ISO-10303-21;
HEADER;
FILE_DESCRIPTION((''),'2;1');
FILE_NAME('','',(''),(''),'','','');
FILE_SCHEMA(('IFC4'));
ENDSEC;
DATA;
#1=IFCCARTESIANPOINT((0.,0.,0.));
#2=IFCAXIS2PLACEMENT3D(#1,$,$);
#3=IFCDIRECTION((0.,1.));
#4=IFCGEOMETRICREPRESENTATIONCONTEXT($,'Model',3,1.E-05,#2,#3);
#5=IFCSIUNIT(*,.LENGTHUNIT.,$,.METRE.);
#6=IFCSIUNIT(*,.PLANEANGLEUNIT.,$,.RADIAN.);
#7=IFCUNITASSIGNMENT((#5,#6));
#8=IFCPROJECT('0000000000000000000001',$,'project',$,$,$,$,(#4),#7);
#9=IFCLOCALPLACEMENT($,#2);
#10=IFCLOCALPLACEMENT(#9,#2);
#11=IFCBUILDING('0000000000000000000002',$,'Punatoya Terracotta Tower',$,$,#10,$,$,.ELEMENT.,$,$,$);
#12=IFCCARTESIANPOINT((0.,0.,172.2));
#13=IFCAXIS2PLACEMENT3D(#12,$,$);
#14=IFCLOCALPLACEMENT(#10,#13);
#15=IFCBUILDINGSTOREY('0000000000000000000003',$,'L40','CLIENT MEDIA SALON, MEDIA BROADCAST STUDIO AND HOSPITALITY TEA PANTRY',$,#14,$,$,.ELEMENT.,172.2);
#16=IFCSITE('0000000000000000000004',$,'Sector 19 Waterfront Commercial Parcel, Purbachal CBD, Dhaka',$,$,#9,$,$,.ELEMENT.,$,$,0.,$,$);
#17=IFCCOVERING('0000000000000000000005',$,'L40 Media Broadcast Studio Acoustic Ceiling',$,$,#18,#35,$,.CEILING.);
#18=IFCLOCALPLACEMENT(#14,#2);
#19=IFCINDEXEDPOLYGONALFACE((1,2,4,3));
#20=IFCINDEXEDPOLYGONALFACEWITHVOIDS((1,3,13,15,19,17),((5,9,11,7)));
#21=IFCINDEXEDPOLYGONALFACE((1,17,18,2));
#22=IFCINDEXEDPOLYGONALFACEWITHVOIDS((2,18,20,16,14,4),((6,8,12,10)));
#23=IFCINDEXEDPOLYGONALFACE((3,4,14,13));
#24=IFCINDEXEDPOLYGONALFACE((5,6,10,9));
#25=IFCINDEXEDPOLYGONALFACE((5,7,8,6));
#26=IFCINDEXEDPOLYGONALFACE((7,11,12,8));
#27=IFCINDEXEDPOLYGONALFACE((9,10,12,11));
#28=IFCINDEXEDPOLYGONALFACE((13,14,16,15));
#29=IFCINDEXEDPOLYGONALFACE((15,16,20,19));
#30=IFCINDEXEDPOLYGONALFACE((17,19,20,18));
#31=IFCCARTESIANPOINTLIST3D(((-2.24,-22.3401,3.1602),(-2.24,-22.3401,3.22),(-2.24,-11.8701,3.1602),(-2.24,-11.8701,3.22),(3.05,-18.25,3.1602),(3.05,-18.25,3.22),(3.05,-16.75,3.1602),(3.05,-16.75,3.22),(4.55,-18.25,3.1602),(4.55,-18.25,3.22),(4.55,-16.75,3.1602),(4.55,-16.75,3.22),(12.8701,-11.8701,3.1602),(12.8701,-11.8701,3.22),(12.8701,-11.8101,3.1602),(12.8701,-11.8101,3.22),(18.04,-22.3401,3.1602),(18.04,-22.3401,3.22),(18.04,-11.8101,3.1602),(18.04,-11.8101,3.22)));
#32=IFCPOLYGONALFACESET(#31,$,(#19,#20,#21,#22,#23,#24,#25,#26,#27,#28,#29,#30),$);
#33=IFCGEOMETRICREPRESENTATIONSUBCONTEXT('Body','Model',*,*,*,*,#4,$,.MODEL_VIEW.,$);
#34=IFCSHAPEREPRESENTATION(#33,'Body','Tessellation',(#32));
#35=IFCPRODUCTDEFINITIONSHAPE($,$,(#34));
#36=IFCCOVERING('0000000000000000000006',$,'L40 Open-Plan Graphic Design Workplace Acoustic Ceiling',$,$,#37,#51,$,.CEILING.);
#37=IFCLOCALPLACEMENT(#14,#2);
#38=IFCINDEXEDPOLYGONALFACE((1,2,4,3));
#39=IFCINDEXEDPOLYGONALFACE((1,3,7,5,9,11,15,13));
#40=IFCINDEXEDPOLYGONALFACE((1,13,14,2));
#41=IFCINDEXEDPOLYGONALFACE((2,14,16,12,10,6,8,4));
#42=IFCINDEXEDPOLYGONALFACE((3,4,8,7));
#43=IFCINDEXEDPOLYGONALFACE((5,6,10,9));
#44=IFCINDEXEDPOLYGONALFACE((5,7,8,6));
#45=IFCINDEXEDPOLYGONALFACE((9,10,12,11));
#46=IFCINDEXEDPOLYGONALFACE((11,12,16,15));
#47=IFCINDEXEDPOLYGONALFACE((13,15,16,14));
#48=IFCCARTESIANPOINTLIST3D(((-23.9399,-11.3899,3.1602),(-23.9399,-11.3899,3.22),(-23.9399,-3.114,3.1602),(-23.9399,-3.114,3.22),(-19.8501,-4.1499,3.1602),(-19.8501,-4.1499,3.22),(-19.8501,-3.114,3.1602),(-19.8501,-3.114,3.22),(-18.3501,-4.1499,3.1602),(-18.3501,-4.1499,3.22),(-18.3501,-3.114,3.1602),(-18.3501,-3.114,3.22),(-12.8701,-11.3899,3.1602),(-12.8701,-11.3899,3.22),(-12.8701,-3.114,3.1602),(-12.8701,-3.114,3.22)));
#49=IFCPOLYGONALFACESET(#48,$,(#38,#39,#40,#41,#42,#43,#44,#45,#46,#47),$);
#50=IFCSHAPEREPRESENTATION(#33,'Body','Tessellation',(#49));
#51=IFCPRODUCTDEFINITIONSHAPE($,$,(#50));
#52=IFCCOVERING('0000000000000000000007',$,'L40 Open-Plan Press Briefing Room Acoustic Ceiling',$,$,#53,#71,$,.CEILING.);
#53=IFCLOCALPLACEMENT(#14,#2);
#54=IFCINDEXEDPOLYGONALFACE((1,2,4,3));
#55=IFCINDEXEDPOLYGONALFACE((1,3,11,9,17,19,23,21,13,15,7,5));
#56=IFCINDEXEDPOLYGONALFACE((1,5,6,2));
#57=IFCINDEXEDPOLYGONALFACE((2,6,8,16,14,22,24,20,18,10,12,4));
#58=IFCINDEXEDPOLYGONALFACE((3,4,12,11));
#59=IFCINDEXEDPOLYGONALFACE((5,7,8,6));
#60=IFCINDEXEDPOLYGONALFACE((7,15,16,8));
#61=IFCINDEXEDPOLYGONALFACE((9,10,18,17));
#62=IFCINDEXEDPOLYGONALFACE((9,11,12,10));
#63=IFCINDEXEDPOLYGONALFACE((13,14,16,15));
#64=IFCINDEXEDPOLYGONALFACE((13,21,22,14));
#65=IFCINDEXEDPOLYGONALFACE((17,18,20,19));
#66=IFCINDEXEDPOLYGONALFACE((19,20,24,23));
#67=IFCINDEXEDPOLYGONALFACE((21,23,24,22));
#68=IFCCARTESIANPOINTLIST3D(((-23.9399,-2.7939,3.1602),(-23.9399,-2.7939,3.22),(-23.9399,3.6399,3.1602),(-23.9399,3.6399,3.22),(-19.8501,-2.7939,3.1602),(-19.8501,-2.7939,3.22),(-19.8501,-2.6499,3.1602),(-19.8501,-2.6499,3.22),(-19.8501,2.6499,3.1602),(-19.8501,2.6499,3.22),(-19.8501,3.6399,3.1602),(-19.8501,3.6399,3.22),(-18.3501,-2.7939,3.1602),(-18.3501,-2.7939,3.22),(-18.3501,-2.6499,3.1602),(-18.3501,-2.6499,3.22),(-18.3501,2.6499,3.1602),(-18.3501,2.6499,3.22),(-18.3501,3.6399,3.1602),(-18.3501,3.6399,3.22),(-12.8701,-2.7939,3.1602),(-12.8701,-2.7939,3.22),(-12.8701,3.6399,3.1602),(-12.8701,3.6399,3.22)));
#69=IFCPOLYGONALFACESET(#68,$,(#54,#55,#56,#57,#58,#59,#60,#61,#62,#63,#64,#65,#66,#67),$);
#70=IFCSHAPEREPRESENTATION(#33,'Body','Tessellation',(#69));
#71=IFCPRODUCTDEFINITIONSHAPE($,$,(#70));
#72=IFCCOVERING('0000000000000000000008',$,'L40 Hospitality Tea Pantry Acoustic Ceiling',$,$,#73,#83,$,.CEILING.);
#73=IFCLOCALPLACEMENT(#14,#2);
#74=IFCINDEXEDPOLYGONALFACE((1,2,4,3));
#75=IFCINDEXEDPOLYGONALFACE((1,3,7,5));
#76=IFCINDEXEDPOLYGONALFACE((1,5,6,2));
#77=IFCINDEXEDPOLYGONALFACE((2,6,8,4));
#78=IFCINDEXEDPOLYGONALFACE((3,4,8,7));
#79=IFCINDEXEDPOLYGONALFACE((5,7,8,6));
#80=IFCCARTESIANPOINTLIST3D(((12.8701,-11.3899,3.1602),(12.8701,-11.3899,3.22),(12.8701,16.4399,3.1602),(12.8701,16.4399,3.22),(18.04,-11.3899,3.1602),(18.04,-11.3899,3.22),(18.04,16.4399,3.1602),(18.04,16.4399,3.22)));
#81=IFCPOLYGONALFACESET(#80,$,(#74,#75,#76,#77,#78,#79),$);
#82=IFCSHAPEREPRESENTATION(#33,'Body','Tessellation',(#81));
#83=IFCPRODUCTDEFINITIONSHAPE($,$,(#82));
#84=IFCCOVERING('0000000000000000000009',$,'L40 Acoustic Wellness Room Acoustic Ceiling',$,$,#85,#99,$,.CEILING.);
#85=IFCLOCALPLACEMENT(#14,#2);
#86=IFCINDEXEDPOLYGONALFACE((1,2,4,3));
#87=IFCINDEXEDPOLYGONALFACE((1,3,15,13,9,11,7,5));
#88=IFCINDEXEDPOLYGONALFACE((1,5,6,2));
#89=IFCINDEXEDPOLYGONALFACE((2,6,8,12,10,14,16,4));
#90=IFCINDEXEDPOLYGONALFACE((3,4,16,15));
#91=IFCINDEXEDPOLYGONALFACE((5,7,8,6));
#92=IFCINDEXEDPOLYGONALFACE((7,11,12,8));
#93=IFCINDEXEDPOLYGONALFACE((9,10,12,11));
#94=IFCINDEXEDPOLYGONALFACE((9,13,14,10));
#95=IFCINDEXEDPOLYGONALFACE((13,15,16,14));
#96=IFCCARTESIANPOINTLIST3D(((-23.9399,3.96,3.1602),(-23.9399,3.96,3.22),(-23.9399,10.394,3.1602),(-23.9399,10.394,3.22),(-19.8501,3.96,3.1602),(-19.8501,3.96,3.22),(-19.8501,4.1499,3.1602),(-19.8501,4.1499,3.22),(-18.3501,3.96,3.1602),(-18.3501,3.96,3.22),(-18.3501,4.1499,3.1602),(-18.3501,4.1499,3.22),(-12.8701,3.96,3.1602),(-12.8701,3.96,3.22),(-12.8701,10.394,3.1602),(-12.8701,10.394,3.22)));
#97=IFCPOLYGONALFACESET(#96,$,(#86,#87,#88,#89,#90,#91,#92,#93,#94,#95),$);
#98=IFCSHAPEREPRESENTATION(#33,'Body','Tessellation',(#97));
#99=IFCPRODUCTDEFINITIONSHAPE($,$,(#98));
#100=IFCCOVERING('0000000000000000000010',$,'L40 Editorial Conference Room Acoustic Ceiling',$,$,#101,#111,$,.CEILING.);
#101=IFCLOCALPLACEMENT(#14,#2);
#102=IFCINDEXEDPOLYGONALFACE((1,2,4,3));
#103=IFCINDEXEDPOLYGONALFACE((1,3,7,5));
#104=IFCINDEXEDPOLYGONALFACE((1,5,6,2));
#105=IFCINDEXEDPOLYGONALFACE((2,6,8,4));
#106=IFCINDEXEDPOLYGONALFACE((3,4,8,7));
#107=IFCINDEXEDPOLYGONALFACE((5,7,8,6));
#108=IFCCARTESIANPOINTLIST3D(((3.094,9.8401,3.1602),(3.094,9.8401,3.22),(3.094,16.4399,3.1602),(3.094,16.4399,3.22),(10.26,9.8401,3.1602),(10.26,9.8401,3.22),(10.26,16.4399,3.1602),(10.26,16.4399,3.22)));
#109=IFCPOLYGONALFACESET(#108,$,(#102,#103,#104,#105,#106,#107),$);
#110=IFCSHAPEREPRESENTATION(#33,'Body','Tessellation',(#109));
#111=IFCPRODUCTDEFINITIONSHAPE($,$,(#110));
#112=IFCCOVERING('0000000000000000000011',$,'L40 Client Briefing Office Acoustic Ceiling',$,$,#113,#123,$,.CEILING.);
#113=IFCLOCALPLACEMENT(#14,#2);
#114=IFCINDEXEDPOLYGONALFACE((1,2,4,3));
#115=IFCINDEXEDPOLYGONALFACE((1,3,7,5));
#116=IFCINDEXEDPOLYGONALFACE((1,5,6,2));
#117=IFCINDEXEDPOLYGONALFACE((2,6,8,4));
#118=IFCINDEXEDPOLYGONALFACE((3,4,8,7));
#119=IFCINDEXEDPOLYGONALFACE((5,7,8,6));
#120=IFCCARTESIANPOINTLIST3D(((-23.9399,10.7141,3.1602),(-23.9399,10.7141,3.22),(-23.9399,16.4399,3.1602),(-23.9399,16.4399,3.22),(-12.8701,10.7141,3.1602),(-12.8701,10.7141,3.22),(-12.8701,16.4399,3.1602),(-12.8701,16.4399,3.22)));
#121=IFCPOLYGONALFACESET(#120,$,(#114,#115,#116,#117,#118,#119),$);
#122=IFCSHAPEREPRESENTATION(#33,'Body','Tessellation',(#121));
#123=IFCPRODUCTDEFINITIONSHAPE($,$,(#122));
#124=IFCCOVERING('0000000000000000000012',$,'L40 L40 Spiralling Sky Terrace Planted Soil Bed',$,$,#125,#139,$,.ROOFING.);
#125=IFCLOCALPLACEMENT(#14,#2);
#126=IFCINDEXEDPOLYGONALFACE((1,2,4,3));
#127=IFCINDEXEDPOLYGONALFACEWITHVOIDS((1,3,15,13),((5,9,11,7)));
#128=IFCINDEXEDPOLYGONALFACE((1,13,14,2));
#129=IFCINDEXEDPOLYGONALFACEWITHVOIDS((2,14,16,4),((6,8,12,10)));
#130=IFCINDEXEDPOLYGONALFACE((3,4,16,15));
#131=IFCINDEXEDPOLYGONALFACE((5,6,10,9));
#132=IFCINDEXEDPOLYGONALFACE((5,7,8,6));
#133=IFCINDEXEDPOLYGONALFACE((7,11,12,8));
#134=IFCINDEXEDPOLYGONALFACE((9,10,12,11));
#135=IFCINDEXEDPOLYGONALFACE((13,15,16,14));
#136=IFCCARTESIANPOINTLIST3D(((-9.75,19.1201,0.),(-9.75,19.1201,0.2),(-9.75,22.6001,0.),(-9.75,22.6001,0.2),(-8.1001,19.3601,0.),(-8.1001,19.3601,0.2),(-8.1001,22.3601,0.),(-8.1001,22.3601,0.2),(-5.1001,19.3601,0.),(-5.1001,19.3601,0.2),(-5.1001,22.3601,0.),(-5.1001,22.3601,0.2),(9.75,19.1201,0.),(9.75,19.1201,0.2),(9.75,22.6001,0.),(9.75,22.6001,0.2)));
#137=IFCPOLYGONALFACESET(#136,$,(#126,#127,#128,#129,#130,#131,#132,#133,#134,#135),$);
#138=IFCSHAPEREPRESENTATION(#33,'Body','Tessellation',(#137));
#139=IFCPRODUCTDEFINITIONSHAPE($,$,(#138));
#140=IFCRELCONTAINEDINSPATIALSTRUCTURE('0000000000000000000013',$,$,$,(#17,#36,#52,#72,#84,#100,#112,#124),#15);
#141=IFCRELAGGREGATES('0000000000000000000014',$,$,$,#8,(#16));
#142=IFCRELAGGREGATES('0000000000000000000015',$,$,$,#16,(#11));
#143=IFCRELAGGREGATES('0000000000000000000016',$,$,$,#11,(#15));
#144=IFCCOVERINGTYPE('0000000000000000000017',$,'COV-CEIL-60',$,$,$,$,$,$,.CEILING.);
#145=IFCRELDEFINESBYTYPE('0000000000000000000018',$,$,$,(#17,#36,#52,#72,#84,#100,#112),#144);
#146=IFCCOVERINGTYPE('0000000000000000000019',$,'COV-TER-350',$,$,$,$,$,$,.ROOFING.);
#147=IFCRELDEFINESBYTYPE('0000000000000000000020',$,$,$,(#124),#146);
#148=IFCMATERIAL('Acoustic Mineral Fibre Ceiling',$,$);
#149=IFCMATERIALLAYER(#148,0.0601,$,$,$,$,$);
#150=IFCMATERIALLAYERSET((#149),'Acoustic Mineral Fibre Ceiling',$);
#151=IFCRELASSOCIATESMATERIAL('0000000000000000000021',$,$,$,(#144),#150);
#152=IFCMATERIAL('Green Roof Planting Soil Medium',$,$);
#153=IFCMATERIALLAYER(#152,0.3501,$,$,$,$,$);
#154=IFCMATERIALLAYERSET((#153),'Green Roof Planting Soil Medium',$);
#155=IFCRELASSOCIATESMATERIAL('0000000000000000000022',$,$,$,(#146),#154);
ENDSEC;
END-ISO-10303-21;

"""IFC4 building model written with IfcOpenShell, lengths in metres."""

from ifc_helpers import new_model, si_unit, direction, frame, origin, place, context, subcontext, project, spatial, polyline, outline, extrude, material, layer, layer_set, type_object, element, save


model = new_model("IFC4")

# Units and contexts
model_context = context("Model", 3, precision=1e-05, world=origin(), true_north=direction((0.0, 1.0)))
body_context = subcontext(model_context, "Body", "Model", "MODEL_VIEW")
ifc_project = project(units=[si_unit("LENGTHUNIT", "METRE"), si_unit("PLANEANGLEUNIT", "RADIAN")], contexts=[model_context])

# Site, building, storey
site_placement = place(None, origin())
site = spatial("IfcSite", under=ifc_project, at=site_placement, Name="Sector 19 Waterfront Commercial Parcel, Purbachal CBD, Dhaka", CompositionType="ELEMENT", RefElevation=0.0)
building_placement = place(site_placement, origin())
building = spatial("IfcBuilding", under=site, at=building_placement, Name="Punatoya Terracotta Tower", CompositionType="ELEMENT")
storey_placement = place(building_placement, frame((0.0, 0.0, 172.2)))
storey = spatial("IfcBuildingStorey", under=building, at=storey_placement, Name="L40", Description="CLIENT MEDIA SALON, MEDIA BROADCAST STUDIO AND HOSPITALITY TEA PANTRY", CompositionType="ELEMENT", Elevation=172.2)

# Coverings
ifc_material_1 = material(Name="Acoustic Mineral Fibre Ceiling")
ifc_layer_1 = layer(ifc_material_1, 0.0601)
ifc_layer_set_1 = layer_set([ifc_layer_1], Name="Acoustic Mineral Fibre Ceiling")
covering_type_1 = type_object("IfcCoveringType", Name="COV-CEIL-60", PredefinedType="CEILING", material=ifc_layer_set_1)
covering_1_placement = place(storey_placement, frame((0.0, 0.0, 3.1602)))
element("IfcCovering", 1, at=covering_1_placement, inside=storey, type_object=covering_type_1, Name="L40 Media Broadcast Studio Acoustic Ceiling", PredefinedType="CEILING", context=body_context, shape_type="SweptSolid", body=[
    extrude(outline(polyline([(12.8701, -11.8701), (-2.24, -11.8701), (-2.24, -22.3401), (18.04, -22.3401), (18.04, -11.8101), (12.8701, -11.8101), (12.8701, -11.8701)]), holes=[polyline([(4.55, -16.75), (4.55, -18.25), (3.05, -18.25), (3.05, -16.75), (4.55, -16.75)])]), origin(), (0.0, 0.0, 1.0), 0.0598),
])
covering_2_placement = place(storey_placement, frame((0.0, 0.0, 3.1602)))
element("IfcCovering", 2, at=covering_2_placement, inside=storey, type_object=covering_type_1, Name="L40 Open-Plan Graphic Design Workplace Acoustic Ceiling", PredefinedType="CEILING", context=body_context, shape_type="SweptSolid", body=[
    extrude(outline(polyline([(-23.9399, -3.114), (-23.9399, -11.3899), (-12.8701, -11.3899), (-12.8701, -3.114), (-18.3501, -3.114), (-18.3501, -4.1499), (-19.8501, -4.1499), (-19.8501, -3.114), (-23.9399, -3.114)])), origin(), (0.0, 0.0, 1.0), 0.0598),
])
covering_3_placement = place(storey_placement, frame((0.0, 0.0, 3.1602)))
element("IfcCovering", 3, at=covering_3_placement, inside=storey, type_object=covering_type_1, Name="L40 Open-Plan Press Briefing Room Acoustic Ceiling", PredefinedType="CEILING", context=body_context, shape_type="SweptSolid", body=[
    extrude(outline(polyline([(-18.3501, -2.6499), (-18.3501, -2.7939), (-12.8701, -2.7939), (-12.8701, 3.6399), (-18.3501, 3.6399), (-18.3501, 2.6499), (-19.8501, 2.6499), (-19.8501, 3.6399), (-23.9399, 3.6399), (-23.9399, -2.7939), (-19.8501, -2.7939), (-19.8501, -2.6499), (-18.3501, -2.6499)])), origin(), (0.0, 0.0, 1.0), 0.0598),
])
covering_4_placement = place(storey_placement, frame((0.0, 0.0, 3.1602)))
element("IfcCovering", 4, at=covering_4_placement, inside=storey, type_object=covering_type_1, Name="L40 Hospitality Tea Pantry Acoustic Ceiling", PredefinedType="CEILING", context=body_context, shape_type="SweptSolid", body=[
    extrude(outline(polyline([(12.8701, 16.4399), (12.8701, -11.3899), (18.04, -11.3899), (18.04, 16.4399), (12.8701, 16.4399)])), origin(), (0.0, 0.0, 1.0), 0.0598),
])
covering_5_placement = place(storey_placement, frame((0.0, 0.0, 3.1602)))
element("IfcCovering", 5, at=covering_5_placement, inside=storey, type_object=covering_type_1, Name="L40 Acoustic Wellness Room Acoustic Ceiling", PredefinedType="CEILING", context=body_context, shape_type="SweptSolid", body=[
    extrude(outline(polyline([(-18.3501, 4.1499), (-18.3501, 3.96), (-12.8701, 3.96), (-12.8701, 10.394), (-23.9399, 10.394), (-23.9399, 3.96), (-19.8501, 3.96), (-19.8501, 4.1499), (-18.3501, 4.1499)])), origin(), (0.0, 0.0, 1.0), 0.0598),
])
covering_6_placement = place(storey_placement, frame((0.0, 0.0, 3.1602)))
element("IfcCovering", 6, at=covering_6_placement, inside=storey, type_object=covering_type_1, Name="L40 Editorial Conference Room Acoustic Ceiling", PredefinedType="CEILING", context=body_context, shape_type="SweptSolid", body=[
    extrude(outline(polyline([(10.26, 9.8401), (10.26, 16.4399), (3.094, 16.4399), (3.094, 9.8401), (10.26, 9.8401)])), origin(), (0.0, 0.0, 1.0), 0.0598),
])
covering_7_placement = place(storey_placement, frame((0.0, 0.0, 3.1602)))
element("IfcCovering", 7, at=covering_7_placement, inside=storey, type_object=covering_type_1, Name="L40 Client Briefing Office Acoustic Ceiling", PredefinedType="CEILING", context=body_context, shape_type="SweptSolid", body=[
    extrude(outline(polyline([(-23.9399, 16.4399), (-23.9399, 10.7141), (-12.8701, 10.7141), (-12.8701, 16.4399), (-23.9399, 16.4399)])), origin(), (0.0, 0.0, 1.0), 0.0598),
])
ifc_material_2 = material(Name="Green Roof Planting Soil Medium")
ifc_layer_2 = layer(ifc_material_2, 0.3501)
ifc_layer_set_2 = layer_set([ifc_layer_2], Name="Green Roof Planting Soil Medium")
covering_type_2 = type_object("IfcCoveringType", Name="COV-TER-350", PredefinedType="ROOFING", material=ifc_layer_set_2)
covering_8_placement = place(storey_placement, origin())
element("IfcCovering", 8, at=covering_8_placement, inside=storey, type_object=covering_type_2, Name="L40 L40 Spiralling Sky Terrace Planted Soil Bed", PredefinedType="ROOFING", context=body_context, shape_type="SweptSolid", body=[
    extrude(outline(polyline([(9.75, 22.6001), (9.75, 19.1201), (-9.75, 19.1201), (-9.75, 22.6001), (9.75, 22.6001)]), holes=[polyline([(-5.1001, 22.3601), (-8.1001, 22.3601), (-8.1001, 19.3601), (-5.1001, 19.3601), (-5.1001, 22.3601)])]), origin(), (0.0, 0.0, 1.0), 0.2),
])

save(model, "model.ifc")
